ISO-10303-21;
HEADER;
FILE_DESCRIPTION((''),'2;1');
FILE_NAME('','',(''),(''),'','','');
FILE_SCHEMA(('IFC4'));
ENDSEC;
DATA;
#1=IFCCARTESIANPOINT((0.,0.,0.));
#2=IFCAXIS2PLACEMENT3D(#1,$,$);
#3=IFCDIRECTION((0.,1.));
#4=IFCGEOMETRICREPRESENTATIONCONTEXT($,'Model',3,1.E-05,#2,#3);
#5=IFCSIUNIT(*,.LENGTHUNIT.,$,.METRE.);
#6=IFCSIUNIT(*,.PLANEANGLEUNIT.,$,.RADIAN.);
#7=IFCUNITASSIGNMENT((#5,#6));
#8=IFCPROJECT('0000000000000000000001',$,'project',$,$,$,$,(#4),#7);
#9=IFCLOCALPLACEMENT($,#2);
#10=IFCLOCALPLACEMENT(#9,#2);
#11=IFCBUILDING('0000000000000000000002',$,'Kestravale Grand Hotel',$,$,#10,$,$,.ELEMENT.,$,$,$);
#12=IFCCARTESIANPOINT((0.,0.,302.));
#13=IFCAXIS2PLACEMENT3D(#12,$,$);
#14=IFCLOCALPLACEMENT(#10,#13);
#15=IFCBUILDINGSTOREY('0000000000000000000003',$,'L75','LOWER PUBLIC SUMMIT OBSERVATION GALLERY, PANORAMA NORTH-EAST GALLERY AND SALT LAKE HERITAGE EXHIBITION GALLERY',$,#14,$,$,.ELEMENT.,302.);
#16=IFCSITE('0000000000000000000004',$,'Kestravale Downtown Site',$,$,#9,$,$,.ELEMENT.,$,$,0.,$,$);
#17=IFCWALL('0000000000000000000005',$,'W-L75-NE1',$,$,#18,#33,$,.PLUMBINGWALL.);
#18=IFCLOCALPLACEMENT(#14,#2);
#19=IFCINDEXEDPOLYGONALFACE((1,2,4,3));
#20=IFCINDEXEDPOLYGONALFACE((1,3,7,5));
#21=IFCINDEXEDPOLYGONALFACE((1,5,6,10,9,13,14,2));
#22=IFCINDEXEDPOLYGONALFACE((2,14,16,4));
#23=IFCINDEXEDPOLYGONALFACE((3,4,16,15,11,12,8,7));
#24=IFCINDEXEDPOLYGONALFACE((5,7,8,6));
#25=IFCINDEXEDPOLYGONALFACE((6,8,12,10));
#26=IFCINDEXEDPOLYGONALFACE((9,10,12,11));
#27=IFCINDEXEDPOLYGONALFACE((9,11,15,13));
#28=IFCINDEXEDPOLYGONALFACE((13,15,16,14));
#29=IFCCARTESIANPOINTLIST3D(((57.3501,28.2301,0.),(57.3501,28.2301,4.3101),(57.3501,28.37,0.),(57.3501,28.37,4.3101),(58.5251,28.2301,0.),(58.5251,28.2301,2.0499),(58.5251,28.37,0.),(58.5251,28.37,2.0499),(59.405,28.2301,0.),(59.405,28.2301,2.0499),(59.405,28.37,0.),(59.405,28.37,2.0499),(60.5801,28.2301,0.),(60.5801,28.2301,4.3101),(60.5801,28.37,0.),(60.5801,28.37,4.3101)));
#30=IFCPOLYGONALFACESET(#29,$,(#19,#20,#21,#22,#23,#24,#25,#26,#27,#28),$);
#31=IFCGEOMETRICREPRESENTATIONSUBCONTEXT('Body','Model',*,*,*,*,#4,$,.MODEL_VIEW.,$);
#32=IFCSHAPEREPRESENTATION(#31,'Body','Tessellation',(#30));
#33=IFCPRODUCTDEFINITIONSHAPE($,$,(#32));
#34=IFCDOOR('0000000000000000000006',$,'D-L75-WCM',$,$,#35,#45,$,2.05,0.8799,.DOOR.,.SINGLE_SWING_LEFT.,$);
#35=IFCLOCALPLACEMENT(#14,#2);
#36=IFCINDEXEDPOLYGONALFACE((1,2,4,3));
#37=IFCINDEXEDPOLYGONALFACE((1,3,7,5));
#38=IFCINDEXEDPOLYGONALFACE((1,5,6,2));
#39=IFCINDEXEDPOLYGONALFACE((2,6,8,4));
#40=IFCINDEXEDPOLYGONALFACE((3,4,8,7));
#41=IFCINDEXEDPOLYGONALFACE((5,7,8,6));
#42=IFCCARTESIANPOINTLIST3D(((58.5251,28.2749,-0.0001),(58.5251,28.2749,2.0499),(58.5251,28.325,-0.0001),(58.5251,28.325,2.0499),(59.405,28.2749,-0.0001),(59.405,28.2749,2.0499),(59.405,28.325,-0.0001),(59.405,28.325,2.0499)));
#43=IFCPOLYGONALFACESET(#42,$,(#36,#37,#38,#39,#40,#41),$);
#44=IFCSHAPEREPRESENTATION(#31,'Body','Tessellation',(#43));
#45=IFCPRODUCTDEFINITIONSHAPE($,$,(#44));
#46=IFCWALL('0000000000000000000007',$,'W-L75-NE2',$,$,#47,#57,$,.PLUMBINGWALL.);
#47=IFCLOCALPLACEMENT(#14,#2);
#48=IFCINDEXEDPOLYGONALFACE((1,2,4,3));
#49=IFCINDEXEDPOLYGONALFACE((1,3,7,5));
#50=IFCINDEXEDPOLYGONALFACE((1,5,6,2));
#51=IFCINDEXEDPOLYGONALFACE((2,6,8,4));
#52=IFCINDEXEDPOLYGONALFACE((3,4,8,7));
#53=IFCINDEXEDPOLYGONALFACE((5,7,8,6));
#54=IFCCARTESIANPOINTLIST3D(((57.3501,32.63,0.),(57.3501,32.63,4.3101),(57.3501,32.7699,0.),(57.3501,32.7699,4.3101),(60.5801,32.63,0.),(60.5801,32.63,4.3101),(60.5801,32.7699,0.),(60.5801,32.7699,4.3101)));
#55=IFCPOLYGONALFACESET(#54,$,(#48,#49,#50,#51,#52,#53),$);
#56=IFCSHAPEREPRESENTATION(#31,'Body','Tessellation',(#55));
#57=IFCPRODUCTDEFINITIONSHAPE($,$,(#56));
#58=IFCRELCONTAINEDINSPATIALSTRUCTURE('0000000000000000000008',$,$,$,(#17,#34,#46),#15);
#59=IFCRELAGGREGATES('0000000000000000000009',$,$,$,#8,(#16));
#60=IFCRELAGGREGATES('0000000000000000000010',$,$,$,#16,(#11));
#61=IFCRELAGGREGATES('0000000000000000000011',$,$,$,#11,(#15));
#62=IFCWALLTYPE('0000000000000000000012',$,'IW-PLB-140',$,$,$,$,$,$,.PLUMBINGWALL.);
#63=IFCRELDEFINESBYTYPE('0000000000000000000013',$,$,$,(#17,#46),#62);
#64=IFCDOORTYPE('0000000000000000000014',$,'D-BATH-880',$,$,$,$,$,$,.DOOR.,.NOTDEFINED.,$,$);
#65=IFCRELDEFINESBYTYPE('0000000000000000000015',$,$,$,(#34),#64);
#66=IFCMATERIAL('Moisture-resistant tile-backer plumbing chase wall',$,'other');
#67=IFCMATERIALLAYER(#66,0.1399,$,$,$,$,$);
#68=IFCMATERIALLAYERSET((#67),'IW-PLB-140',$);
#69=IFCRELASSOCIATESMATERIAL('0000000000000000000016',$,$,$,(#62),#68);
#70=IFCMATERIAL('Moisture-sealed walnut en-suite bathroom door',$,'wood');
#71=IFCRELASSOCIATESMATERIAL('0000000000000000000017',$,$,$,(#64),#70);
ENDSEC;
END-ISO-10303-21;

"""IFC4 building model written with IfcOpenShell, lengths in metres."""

from ifc_helpers import new_model, si_unit, direction, frame, frame_2d, origin, place, context, subcontext, project, spatial, rectangle, extrude, material, layer, layer_set, type_object, element, fill, save


model = new_model("IFC4")

# Units and contexts
model_context = context("Model", 3, precision=1e-05, world=origin(), true_north=direction((0.0, 1.0)))
body_context = subcontext(model_context, "Body", "Model", "MODEL_VIEW")
ifc_project = project(units=[si_unit("LENGTHUNIT", "METRE"), si_unit("PLANEANGLEUNIT", "RADIAN")], contexts=[model_context])

# Site, building, storey
site_placement = place(None, origin())
site = spatial("IfcSite", under=ifc_project, at=site_placement, Name="Kestravale Downtown Site", CompositionType="ELEMENT", RefElevation=0.0)
building_placement = place(site_placement, origin())
building = spatial("IfcBuilding", under=site, at=building_placement, Name="Kestravale Grand Hotel", CompositionType="ELEMENT")
storey_placement = place(building_placement, frame((0.0, 0.0, 302.0)))
storey = spatial("IfcBuildingStorey", under=building, at=storey_placement, Name="L75", Description="LOWER PUBLIC SUMMIT OBSERVATION GALLERY, PANORAMA NORTH-EAST GALLERY AND SALT LAKE HERITAGE EXHIBITION GALLERY", CompositionType="ELEMENT", Elevation=302.0)

# Shared definitions
ifc_material_1 = material(Name="Moisture-resistant tile-backer plumbing chase wall", Category="other")
ifc_layer_1 = layer(ifc_material_1, 0.1399)
ifc_layer_set_1 = layer_set([ifc_layer_1], Name="IW-PLB-140")
wall_type_1 = type_object("IfcWallType", Name="IW-PLB-140", PredefinedType="PLUMBINGWALL", material=ifc_layer_set_1)

# Wall, opening, door
wall_1_placement = place(storey_placement, frame((57.3501, 28.3, 0.0), z_axis=(0.0, 0.0, 1.0), x_axis=(1.0, 0.0, 0.0)))
wall_1 = element("IfcWall", 1, at=wall_1_placement, inside=storey, type_object=wall_type_1, Name="W-L75-NE1", PredefinedType="PLUMBINGWALL", context=body_context, shape_type="SweptSolid", body=[
    extrude(rectangle(XDim=3.23, YDim=0.1399, at=frame_2d((1.615, 0.0))), origin(), (0.0, 0.0, 1.0), 4.3101),
])
opening_placement = place(wall_1_placement, frame((1.175, 0.0, 0.0)))
opening = element("IfcOpeningElement", 2, at=opening_placement, cuts=wall_1, PredefinedType="OPENING", context=body_context, shape_type="SweptSolid", body=[
    extrude(rectangle(XDim=0.8799, YDim=2.05, at=frame_2d((0.4399, 1.0249))), frame((0.0, 0.0798, 0.0), z_axis=(0.0, -1.0, 0.0), x_axis=(1.0, 0.0, 0.0)), (0.0, 0.0, 1.0), 0.1599),
])
ifc_material_2 = material(Name="Moisture-sealed walnut en-suite bathroom door", Category="wood")
door_type = type_object("IfcDoorType", Name="D-BATH-880", OperationType="NOTDEFINED", PredefinedType="DOOR", material=ifc_material_2)
door_placement = place(opening_placement, origin())
door = element("IfcDoor", 3, at=door_placement, inside=storey, type_object=door_type, Name="D-L75-WCM", OperationType="SINGLE_SWING_LEFT", OverallHeight=2.05, OverallWidth=0.8799, PredefinedType="DOOR", context=body_context, shape_type="SweptSolid", body=[
    extrude(rectangle(XDim=0.8799, YDim=2.05, at=frame_2d((0.4399, 1.0249))), frame((0.0, 0.0249, 0.0), z_axis=(0.0, -1.0, 0.0), x_axis=(1.0, 0.0, 0.0)), (0.0, 0.0, 1.0), 0.05),
])
fill(opening, door)

# Wall
wall_2_placement = place(storey_placement, frame((57.3501, 32.7, 0.0), z_axis=(0.0, 0.0, 1.0), x_axis=(1.0, 0.0, 0.0)))
element("IfcWall", 4, at=wall_2_placement, inside=storey, type_object=wall_type_1, Name="W-L75-NE2", PredefinedType="PLUMBINGWALL", context=body_context, shape_type="SweptSolid", body=[
    extrude(rectangle(XDim=3.23, YDim=0.1399, at=frame_2d((1.615, 0.0))), origin(), (0.0, 0.0, 1.0), 4.3101),
])

save(model, "model.ifc")
